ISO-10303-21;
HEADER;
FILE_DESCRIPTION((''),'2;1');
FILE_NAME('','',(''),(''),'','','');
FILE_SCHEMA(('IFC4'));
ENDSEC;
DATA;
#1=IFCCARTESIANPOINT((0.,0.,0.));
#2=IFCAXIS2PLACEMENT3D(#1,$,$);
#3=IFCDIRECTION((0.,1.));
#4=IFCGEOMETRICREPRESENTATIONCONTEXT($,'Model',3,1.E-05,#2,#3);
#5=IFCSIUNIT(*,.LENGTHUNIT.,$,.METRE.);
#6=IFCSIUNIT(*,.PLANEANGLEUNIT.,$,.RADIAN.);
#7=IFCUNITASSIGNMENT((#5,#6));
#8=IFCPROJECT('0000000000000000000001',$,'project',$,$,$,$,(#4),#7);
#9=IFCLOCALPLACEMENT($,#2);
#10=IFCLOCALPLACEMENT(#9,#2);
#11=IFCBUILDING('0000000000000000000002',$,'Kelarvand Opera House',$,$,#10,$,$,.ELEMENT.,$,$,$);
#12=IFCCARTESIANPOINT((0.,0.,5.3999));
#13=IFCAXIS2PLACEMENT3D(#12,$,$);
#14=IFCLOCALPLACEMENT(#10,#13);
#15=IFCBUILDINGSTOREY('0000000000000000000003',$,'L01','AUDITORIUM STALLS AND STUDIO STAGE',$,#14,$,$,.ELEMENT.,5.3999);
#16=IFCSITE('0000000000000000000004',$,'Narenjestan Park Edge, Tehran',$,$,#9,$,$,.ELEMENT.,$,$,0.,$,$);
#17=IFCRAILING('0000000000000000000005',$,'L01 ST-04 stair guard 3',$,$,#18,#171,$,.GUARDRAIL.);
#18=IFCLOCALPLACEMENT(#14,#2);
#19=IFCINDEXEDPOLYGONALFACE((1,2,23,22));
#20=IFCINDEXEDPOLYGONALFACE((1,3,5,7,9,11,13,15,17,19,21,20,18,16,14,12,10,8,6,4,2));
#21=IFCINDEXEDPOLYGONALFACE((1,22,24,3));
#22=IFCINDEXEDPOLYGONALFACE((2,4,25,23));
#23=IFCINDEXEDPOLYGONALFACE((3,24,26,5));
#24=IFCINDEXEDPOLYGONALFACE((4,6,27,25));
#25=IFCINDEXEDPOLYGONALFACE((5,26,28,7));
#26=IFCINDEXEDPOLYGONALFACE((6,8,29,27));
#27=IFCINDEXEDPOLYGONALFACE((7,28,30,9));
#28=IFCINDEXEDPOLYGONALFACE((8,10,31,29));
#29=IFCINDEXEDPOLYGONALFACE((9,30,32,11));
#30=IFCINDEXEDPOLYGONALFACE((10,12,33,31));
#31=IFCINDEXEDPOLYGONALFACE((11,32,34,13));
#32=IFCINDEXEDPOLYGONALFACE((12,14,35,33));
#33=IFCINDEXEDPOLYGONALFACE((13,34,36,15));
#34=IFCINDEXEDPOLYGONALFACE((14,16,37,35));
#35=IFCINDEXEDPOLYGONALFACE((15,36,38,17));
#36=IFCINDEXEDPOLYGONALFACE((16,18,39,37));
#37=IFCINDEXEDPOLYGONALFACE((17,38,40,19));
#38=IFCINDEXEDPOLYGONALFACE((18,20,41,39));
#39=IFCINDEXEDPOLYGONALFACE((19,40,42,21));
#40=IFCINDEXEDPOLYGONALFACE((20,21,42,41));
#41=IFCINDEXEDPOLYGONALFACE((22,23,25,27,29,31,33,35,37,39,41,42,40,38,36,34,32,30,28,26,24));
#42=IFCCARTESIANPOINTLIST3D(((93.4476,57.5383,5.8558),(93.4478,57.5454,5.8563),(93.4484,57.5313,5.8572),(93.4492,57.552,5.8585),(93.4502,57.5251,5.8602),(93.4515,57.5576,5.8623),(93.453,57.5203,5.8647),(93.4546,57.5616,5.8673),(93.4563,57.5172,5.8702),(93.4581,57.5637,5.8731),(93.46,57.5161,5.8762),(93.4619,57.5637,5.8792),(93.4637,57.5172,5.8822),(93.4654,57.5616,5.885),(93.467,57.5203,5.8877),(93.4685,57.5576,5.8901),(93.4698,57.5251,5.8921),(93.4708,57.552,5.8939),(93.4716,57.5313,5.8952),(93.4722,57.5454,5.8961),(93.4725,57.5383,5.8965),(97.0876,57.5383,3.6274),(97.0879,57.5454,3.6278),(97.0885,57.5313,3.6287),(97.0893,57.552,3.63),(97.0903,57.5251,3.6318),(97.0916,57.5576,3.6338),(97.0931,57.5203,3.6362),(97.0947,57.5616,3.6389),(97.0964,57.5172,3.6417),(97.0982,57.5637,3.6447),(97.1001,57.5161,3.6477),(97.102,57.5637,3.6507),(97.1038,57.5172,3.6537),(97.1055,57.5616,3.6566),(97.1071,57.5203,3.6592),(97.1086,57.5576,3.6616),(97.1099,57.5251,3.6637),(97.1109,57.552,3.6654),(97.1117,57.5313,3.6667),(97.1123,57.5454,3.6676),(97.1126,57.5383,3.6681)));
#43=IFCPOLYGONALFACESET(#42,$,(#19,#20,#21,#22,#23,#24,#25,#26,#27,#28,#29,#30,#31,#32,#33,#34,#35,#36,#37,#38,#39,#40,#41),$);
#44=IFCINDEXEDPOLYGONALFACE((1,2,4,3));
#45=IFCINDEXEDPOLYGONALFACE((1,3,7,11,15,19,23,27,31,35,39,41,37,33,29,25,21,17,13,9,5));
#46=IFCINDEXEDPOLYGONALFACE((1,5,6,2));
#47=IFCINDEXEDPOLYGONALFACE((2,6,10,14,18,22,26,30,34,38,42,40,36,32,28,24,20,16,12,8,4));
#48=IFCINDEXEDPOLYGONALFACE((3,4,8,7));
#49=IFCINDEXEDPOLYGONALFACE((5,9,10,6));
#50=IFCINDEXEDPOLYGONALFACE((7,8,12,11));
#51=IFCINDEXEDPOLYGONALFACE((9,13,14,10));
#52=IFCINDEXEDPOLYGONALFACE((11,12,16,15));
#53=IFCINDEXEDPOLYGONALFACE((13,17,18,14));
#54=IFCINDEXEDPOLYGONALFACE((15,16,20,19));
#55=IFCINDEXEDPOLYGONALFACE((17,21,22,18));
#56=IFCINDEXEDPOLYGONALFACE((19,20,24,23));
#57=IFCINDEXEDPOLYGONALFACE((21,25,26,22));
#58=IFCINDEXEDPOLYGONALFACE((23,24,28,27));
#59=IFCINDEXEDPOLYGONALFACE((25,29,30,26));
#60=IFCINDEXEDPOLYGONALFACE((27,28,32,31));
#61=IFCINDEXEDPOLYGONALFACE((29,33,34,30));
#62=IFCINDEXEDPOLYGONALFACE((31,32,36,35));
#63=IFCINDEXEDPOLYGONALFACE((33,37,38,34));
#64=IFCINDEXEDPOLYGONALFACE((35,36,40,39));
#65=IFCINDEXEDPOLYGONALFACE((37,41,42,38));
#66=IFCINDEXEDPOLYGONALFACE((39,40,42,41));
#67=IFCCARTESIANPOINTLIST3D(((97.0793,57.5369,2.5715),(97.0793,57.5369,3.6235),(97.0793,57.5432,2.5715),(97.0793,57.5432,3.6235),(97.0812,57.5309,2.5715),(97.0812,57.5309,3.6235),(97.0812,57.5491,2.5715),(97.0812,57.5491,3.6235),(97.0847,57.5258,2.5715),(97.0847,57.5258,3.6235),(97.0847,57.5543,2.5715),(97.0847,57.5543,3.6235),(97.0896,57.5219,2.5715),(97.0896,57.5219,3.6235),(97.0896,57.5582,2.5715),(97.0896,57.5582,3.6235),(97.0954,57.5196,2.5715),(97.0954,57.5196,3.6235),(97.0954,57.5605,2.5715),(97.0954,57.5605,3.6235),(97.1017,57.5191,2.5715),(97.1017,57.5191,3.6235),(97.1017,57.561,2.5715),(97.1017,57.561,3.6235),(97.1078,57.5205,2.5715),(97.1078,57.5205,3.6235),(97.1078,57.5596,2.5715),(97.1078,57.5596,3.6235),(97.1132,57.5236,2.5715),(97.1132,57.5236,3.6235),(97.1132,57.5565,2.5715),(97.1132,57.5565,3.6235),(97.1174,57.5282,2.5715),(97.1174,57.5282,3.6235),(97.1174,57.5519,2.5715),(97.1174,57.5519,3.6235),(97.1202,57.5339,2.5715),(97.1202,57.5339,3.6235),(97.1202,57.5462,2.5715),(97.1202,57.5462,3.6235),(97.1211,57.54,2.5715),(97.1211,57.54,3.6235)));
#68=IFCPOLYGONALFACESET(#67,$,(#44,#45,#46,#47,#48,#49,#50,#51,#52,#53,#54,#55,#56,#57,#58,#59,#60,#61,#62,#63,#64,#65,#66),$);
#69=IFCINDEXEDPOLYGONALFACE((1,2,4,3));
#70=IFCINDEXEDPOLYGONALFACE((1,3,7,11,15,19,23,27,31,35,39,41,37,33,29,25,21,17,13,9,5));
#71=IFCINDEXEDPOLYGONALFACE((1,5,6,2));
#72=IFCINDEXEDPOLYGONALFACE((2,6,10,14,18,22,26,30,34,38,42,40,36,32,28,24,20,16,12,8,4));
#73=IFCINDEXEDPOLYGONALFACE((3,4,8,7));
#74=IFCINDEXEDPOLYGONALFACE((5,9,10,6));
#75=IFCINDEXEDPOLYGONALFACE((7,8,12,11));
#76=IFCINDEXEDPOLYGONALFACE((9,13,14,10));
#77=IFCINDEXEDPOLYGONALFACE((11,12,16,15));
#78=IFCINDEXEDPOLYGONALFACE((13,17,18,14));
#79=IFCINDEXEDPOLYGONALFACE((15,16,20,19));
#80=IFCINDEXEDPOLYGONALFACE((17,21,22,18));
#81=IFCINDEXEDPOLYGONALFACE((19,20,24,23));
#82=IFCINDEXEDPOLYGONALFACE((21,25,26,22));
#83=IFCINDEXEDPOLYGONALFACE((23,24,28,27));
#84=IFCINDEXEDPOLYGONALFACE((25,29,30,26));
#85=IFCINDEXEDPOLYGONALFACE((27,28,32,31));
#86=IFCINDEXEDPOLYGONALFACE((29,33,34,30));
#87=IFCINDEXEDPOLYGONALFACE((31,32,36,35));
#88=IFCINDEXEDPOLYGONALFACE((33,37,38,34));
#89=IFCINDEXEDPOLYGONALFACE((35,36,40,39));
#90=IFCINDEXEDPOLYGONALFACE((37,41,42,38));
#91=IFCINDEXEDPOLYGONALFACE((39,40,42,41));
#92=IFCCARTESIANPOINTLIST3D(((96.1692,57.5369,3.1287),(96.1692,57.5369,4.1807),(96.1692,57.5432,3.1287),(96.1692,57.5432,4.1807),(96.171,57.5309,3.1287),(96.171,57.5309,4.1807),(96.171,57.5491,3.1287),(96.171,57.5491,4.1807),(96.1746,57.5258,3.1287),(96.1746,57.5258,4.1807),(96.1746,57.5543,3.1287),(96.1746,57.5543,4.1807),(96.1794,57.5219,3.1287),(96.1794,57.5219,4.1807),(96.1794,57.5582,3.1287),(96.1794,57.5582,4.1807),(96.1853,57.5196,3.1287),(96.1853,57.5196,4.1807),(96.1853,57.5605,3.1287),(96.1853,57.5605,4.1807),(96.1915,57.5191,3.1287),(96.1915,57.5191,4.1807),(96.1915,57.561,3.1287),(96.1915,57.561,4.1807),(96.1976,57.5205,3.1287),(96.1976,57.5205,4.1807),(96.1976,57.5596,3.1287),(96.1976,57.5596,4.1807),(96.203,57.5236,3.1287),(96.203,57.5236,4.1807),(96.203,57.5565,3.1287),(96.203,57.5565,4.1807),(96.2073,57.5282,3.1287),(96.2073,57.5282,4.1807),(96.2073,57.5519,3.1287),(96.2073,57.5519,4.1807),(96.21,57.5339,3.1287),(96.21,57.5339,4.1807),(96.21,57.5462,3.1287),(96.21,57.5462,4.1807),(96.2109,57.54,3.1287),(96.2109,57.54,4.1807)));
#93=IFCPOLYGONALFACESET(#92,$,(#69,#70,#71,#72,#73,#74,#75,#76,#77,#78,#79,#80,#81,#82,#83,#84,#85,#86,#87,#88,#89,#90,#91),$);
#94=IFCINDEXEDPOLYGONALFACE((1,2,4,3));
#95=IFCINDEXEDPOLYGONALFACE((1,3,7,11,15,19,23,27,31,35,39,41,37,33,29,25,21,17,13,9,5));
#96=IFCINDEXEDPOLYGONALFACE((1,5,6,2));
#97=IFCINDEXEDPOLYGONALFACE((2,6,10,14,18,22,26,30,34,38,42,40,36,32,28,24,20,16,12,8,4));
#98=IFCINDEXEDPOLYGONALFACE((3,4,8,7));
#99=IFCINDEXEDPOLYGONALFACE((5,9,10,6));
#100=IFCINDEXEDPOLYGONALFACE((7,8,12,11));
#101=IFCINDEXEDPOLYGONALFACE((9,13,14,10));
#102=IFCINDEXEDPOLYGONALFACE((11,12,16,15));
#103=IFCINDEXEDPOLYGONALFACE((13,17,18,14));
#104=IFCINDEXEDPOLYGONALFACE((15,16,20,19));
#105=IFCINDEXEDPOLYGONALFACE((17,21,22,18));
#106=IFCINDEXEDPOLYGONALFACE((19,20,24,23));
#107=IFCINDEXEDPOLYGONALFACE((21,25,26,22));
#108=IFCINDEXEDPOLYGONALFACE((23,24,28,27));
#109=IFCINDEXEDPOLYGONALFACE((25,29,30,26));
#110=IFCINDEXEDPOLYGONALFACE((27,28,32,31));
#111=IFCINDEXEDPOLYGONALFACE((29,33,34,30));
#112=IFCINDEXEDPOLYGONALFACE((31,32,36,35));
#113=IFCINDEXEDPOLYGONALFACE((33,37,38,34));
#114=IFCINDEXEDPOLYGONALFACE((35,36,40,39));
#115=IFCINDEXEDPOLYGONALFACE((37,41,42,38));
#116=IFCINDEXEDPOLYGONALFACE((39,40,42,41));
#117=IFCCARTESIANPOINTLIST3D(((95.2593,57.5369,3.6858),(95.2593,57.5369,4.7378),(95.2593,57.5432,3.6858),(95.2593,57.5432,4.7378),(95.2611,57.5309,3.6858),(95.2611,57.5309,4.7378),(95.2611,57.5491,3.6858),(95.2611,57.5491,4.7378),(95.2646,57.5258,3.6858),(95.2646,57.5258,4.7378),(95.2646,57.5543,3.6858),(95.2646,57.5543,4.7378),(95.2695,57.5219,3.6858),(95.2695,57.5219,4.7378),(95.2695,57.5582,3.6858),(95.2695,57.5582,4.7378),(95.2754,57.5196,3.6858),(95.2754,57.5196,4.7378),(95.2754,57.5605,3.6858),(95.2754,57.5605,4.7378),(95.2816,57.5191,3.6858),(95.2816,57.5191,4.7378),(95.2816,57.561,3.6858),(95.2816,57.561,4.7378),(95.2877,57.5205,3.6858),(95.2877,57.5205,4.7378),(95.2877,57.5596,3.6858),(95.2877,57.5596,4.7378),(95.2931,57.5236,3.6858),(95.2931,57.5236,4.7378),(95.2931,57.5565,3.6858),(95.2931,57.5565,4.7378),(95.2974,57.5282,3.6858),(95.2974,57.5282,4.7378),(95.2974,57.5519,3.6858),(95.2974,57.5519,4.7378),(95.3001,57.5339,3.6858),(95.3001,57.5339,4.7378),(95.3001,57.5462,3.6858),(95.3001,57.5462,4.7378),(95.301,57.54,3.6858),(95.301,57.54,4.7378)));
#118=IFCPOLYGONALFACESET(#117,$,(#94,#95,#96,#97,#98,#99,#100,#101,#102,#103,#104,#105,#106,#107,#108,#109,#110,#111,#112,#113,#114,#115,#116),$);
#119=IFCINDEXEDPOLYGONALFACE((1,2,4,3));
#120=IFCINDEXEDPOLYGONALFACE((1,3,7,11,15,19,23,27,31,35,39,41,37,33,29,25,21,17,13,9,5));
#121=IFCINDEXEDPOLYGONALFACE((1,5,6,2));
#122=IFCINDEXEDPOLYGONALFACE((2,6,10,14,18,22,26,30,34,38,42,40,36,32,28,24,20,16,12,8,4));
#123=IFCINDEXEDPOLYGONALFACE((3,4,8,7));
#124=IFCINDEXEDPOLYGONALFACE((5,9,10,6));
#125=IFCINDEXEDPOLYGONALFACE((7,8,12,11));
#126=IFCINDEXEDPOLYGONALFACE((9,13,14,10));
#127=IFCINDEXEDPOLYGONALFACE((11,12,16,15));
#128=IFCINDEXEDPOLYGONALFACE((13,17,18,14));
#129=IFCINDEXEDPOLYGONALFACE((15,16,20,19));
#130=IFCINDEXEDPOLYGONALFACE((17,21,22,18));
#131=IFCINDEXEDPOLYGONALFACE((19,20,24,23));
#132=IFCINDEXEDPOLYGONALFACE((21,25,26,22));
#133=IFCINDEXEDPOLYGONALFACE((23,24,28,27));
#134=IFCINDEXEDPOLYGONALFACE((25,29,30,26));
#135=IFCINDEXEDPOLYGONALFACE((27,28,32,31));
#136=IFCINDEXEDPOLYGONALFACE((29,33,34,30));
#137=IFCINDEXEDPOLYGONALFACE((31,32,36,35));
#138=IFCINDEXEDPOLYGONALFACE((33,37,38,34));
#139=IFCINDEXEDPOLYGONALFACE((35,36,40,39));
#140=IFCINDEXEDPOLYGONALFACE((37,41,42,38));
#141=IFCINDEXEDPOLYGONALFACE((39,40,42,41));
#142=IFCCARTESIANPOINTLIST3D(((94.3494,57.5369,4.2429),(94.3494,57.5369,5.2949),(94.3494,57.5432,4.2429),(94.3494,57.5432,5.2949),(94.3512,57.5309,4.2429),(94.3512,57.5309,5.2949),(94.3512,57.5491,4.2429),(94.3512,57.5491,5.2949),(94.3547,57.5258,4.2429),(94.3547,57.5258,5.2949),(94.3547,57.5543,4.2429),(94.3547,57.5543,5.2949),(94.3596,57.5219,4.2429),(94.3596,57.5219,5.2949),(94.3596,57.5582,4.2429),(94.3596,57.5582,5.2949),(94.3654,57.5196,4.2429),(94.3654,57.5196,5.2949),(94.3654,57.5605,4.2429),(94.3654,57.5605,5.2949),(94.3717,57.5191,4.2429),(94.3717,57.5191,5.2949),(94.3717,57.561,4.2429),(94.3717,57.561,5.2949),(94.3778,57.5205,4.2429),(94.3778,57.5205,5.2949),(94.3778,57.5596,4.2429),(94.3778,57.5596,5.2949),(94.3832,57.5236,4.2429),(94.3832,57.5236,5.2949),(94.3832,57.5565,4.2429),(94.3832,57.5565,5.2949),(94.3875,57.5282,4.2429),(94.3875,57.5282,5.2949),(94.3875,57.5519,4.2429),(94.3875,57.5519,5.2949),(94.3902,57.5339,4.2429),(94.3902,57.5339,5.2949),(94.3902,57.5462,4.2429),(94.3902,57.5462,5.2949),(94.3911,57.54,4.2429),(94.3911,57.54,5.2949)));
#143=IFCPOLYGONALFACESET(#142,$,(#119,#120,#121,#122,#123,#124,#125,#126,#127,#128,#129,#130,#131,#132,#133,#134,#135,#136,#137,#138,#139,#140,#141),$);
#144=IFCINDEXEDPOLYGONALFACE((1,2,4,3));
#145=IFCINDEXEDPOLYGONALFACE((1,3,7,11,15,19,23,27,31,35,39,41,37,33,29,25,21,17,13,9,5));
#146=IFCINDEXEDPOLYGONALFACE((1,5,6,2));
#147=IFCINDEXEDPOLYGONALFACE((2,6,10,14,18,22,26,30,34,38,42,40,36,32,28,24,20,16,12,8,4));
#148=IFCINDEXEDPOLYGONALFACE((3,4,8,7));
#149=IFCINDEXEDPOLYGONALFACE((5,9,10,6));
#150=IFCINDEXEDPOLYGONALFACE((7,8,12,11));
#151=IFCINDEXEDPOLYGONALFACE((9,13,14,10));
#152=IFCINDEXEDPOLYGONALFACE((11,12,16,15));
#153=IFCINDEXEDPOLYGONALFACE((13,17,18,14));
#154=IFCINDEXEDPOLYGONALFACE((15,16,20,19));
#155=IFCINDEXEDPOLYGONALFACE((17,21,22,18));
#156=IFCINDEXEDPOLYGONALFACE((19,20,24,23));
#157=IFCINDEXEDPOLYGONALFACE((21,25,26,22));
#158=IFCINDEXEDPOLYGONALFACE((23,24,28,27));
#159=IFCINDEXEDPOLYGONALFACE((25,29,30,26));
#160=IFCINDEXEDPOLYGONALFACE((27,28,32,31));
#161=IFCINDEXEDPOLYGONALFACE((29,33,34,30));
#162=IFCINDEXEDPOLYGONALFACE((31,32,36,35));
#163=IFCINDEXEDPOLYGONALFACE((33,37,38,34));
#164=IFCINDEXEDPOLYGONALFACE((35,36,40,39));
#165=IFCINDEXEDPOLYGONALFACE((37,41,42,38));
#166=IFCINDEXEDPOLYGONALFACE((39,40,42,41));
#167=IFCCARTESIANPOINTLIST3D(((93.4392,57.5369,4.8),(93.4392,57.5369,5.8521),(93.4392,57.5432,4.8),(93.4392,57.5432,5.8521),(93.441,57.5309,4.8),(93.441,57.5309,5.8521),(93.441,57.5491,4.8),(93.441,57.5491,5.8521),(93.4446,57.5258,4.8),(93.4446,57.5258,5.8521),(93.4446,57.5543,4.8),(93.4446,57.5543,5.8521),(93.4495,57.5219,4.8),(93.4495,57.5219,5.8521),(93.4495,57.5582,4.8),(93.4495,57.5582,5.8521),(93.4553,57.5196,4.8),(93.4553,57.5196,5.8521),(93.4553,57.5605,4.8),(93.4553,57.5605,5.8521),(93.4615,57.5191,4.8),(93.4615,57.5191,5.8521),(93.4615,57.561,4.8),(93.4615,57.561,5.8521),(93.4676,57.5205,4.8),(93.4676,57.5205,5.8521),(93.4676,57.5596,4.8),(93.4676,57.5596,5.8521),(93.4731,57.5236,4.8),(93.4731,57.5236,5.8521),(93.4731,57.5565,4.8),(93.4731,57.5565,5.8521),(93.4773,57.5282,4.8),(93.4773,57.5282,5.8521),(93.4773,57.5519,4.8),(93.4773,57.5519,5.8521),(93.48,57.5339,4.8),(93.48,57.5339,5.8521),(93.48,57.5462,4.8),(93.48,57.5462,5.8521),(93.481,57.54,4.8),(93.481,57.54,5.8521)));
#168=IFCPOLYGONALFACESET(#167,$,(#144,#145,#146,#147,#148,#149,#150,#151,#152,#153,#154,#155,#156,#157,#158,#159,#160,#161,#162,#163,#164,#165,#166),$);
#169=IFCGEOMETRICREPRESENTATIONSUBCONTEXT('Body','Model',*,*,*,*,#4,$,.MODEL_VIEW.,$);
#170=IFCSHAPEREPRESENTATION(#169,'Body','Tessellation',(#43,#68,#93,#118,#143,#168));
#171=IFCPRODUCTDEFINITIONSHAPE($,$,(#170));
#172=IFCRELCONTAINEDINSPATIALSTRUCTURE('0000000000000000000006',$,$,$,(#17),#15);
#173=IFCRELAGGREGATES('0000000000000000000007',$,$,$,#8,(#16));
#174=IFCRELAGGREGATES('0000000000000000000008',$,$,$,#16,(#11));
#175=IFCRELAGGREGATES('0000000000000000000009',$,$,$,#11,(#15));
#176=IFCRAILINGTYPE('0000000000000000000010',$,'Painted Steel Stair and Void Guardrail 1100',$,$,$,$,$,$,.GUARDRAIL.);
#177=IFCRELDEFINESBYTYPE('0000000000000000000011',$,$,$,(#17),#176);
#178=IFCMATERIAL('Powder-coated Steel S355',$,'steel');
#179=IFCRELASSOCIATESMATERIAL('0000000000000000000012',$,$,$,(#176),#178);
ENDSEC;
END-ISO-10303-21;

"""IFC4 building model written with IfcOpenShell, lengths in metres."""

from ifc_helpers import new_model, si_unit, direction, frame, origin, origin_2d, place, context, subcontext, project, spatial, circle, extrude, material, type_object, element, save


model = new_model("IFC4")

# Units and contexts
model_context = context("Model", 3, precision=1e-05, world=origin(), true_north=direction((0.0, 1.0)))
body_context = subcontext(model_context, "Body", "Model", "MODEL_VIEW")
ifc_project = project(units=[si_unit("LENGTHUNIT", "METRE"), si_unit("PLANEANGLEUNIT", "RADIAN")], contexts=[model_context])

# Site, building, storey
site_placement = place(None, origin())
site = spatial("IfcSite", under=ifc_project, at=site_placement, Name="Narenjestan Park Edge, Tehran", CompositionType="ELEMENT", RefElevation=0.0)
building_placement = place(site_placement, origin())
building = spatial("IfcBuilding", under=site, at=building_placement, Name="Kelarvand Opera House", CompositionType="ELEMENT")
storey_placement = place(building_placement, frame((0.0, 0.0, 5.3999)))
storey = spatial("IfcBuildingStorey", under=building, at=storey_placement, Name="L01", Description="AUDITORIUM STALLS AND STUDIO STAGE", CompositionType="ELEMENT", Elevation=5.3999)

# Railing
ifc_material_1 = material(Name="Powder-coated Steel S355", Category="steel")
railing_type_1 = type_object("IfcRailingType", Name="Painted Steel Stair and Void Guardrail 1100", PredefinedType="GUARDRAIL", material=ifc_material_1)
railing_1_placement = place(storey_placement, frame((97.1001, 57.54, 2.5715)))
element("IfcRailing", 1, at=railing_1_placement, inside=storey, type_object=railing_type_1, Name="L01 ST-04 stair guard 3", PredefinedType="GUARDRAIL", context=body_context, shape_type="SweptSolid", body=[
    extrude(circle(Radius=0.0239, at=origin_2d()), frame((0.0, 0.0, 1.0762), z_axis=(-0.852866, 0.0, 0.52213), x_axis=(0.0, -1.0, 0.0)), (0.0, 0.0, 1.0), 4.2681),
    extrude(circle(Radius=0.021, at=origin_2d()), origin(), (0.0, 0.0, 1.0), 1.052),
    extrude(circle(Radius=0.021, at=origin_2d()), frame((-0.9102, 0.0, 0.5571)), (0.0, 0.0, 1.0), 1.052),
    extrude(circle(Radius=0.021, at=origin_2d()), frame((-1.8201, 0.0, 1.1143)), (0.0, 0.0, 1.0), 1.052),
    extrude(circle(Radius=0.021, at=origin_2d()), frame((-2.73, 0.0, 1.6714)), (0.0, 0.0, 1.0), 1.052),
    extrude(circle(Radius=0.021, at=origin_2d()), frame((-3.6401, 0.0, 2.2285)), (0.0, 0.0, 1.0), 1.052),
])

save(model, "model.ifc")
